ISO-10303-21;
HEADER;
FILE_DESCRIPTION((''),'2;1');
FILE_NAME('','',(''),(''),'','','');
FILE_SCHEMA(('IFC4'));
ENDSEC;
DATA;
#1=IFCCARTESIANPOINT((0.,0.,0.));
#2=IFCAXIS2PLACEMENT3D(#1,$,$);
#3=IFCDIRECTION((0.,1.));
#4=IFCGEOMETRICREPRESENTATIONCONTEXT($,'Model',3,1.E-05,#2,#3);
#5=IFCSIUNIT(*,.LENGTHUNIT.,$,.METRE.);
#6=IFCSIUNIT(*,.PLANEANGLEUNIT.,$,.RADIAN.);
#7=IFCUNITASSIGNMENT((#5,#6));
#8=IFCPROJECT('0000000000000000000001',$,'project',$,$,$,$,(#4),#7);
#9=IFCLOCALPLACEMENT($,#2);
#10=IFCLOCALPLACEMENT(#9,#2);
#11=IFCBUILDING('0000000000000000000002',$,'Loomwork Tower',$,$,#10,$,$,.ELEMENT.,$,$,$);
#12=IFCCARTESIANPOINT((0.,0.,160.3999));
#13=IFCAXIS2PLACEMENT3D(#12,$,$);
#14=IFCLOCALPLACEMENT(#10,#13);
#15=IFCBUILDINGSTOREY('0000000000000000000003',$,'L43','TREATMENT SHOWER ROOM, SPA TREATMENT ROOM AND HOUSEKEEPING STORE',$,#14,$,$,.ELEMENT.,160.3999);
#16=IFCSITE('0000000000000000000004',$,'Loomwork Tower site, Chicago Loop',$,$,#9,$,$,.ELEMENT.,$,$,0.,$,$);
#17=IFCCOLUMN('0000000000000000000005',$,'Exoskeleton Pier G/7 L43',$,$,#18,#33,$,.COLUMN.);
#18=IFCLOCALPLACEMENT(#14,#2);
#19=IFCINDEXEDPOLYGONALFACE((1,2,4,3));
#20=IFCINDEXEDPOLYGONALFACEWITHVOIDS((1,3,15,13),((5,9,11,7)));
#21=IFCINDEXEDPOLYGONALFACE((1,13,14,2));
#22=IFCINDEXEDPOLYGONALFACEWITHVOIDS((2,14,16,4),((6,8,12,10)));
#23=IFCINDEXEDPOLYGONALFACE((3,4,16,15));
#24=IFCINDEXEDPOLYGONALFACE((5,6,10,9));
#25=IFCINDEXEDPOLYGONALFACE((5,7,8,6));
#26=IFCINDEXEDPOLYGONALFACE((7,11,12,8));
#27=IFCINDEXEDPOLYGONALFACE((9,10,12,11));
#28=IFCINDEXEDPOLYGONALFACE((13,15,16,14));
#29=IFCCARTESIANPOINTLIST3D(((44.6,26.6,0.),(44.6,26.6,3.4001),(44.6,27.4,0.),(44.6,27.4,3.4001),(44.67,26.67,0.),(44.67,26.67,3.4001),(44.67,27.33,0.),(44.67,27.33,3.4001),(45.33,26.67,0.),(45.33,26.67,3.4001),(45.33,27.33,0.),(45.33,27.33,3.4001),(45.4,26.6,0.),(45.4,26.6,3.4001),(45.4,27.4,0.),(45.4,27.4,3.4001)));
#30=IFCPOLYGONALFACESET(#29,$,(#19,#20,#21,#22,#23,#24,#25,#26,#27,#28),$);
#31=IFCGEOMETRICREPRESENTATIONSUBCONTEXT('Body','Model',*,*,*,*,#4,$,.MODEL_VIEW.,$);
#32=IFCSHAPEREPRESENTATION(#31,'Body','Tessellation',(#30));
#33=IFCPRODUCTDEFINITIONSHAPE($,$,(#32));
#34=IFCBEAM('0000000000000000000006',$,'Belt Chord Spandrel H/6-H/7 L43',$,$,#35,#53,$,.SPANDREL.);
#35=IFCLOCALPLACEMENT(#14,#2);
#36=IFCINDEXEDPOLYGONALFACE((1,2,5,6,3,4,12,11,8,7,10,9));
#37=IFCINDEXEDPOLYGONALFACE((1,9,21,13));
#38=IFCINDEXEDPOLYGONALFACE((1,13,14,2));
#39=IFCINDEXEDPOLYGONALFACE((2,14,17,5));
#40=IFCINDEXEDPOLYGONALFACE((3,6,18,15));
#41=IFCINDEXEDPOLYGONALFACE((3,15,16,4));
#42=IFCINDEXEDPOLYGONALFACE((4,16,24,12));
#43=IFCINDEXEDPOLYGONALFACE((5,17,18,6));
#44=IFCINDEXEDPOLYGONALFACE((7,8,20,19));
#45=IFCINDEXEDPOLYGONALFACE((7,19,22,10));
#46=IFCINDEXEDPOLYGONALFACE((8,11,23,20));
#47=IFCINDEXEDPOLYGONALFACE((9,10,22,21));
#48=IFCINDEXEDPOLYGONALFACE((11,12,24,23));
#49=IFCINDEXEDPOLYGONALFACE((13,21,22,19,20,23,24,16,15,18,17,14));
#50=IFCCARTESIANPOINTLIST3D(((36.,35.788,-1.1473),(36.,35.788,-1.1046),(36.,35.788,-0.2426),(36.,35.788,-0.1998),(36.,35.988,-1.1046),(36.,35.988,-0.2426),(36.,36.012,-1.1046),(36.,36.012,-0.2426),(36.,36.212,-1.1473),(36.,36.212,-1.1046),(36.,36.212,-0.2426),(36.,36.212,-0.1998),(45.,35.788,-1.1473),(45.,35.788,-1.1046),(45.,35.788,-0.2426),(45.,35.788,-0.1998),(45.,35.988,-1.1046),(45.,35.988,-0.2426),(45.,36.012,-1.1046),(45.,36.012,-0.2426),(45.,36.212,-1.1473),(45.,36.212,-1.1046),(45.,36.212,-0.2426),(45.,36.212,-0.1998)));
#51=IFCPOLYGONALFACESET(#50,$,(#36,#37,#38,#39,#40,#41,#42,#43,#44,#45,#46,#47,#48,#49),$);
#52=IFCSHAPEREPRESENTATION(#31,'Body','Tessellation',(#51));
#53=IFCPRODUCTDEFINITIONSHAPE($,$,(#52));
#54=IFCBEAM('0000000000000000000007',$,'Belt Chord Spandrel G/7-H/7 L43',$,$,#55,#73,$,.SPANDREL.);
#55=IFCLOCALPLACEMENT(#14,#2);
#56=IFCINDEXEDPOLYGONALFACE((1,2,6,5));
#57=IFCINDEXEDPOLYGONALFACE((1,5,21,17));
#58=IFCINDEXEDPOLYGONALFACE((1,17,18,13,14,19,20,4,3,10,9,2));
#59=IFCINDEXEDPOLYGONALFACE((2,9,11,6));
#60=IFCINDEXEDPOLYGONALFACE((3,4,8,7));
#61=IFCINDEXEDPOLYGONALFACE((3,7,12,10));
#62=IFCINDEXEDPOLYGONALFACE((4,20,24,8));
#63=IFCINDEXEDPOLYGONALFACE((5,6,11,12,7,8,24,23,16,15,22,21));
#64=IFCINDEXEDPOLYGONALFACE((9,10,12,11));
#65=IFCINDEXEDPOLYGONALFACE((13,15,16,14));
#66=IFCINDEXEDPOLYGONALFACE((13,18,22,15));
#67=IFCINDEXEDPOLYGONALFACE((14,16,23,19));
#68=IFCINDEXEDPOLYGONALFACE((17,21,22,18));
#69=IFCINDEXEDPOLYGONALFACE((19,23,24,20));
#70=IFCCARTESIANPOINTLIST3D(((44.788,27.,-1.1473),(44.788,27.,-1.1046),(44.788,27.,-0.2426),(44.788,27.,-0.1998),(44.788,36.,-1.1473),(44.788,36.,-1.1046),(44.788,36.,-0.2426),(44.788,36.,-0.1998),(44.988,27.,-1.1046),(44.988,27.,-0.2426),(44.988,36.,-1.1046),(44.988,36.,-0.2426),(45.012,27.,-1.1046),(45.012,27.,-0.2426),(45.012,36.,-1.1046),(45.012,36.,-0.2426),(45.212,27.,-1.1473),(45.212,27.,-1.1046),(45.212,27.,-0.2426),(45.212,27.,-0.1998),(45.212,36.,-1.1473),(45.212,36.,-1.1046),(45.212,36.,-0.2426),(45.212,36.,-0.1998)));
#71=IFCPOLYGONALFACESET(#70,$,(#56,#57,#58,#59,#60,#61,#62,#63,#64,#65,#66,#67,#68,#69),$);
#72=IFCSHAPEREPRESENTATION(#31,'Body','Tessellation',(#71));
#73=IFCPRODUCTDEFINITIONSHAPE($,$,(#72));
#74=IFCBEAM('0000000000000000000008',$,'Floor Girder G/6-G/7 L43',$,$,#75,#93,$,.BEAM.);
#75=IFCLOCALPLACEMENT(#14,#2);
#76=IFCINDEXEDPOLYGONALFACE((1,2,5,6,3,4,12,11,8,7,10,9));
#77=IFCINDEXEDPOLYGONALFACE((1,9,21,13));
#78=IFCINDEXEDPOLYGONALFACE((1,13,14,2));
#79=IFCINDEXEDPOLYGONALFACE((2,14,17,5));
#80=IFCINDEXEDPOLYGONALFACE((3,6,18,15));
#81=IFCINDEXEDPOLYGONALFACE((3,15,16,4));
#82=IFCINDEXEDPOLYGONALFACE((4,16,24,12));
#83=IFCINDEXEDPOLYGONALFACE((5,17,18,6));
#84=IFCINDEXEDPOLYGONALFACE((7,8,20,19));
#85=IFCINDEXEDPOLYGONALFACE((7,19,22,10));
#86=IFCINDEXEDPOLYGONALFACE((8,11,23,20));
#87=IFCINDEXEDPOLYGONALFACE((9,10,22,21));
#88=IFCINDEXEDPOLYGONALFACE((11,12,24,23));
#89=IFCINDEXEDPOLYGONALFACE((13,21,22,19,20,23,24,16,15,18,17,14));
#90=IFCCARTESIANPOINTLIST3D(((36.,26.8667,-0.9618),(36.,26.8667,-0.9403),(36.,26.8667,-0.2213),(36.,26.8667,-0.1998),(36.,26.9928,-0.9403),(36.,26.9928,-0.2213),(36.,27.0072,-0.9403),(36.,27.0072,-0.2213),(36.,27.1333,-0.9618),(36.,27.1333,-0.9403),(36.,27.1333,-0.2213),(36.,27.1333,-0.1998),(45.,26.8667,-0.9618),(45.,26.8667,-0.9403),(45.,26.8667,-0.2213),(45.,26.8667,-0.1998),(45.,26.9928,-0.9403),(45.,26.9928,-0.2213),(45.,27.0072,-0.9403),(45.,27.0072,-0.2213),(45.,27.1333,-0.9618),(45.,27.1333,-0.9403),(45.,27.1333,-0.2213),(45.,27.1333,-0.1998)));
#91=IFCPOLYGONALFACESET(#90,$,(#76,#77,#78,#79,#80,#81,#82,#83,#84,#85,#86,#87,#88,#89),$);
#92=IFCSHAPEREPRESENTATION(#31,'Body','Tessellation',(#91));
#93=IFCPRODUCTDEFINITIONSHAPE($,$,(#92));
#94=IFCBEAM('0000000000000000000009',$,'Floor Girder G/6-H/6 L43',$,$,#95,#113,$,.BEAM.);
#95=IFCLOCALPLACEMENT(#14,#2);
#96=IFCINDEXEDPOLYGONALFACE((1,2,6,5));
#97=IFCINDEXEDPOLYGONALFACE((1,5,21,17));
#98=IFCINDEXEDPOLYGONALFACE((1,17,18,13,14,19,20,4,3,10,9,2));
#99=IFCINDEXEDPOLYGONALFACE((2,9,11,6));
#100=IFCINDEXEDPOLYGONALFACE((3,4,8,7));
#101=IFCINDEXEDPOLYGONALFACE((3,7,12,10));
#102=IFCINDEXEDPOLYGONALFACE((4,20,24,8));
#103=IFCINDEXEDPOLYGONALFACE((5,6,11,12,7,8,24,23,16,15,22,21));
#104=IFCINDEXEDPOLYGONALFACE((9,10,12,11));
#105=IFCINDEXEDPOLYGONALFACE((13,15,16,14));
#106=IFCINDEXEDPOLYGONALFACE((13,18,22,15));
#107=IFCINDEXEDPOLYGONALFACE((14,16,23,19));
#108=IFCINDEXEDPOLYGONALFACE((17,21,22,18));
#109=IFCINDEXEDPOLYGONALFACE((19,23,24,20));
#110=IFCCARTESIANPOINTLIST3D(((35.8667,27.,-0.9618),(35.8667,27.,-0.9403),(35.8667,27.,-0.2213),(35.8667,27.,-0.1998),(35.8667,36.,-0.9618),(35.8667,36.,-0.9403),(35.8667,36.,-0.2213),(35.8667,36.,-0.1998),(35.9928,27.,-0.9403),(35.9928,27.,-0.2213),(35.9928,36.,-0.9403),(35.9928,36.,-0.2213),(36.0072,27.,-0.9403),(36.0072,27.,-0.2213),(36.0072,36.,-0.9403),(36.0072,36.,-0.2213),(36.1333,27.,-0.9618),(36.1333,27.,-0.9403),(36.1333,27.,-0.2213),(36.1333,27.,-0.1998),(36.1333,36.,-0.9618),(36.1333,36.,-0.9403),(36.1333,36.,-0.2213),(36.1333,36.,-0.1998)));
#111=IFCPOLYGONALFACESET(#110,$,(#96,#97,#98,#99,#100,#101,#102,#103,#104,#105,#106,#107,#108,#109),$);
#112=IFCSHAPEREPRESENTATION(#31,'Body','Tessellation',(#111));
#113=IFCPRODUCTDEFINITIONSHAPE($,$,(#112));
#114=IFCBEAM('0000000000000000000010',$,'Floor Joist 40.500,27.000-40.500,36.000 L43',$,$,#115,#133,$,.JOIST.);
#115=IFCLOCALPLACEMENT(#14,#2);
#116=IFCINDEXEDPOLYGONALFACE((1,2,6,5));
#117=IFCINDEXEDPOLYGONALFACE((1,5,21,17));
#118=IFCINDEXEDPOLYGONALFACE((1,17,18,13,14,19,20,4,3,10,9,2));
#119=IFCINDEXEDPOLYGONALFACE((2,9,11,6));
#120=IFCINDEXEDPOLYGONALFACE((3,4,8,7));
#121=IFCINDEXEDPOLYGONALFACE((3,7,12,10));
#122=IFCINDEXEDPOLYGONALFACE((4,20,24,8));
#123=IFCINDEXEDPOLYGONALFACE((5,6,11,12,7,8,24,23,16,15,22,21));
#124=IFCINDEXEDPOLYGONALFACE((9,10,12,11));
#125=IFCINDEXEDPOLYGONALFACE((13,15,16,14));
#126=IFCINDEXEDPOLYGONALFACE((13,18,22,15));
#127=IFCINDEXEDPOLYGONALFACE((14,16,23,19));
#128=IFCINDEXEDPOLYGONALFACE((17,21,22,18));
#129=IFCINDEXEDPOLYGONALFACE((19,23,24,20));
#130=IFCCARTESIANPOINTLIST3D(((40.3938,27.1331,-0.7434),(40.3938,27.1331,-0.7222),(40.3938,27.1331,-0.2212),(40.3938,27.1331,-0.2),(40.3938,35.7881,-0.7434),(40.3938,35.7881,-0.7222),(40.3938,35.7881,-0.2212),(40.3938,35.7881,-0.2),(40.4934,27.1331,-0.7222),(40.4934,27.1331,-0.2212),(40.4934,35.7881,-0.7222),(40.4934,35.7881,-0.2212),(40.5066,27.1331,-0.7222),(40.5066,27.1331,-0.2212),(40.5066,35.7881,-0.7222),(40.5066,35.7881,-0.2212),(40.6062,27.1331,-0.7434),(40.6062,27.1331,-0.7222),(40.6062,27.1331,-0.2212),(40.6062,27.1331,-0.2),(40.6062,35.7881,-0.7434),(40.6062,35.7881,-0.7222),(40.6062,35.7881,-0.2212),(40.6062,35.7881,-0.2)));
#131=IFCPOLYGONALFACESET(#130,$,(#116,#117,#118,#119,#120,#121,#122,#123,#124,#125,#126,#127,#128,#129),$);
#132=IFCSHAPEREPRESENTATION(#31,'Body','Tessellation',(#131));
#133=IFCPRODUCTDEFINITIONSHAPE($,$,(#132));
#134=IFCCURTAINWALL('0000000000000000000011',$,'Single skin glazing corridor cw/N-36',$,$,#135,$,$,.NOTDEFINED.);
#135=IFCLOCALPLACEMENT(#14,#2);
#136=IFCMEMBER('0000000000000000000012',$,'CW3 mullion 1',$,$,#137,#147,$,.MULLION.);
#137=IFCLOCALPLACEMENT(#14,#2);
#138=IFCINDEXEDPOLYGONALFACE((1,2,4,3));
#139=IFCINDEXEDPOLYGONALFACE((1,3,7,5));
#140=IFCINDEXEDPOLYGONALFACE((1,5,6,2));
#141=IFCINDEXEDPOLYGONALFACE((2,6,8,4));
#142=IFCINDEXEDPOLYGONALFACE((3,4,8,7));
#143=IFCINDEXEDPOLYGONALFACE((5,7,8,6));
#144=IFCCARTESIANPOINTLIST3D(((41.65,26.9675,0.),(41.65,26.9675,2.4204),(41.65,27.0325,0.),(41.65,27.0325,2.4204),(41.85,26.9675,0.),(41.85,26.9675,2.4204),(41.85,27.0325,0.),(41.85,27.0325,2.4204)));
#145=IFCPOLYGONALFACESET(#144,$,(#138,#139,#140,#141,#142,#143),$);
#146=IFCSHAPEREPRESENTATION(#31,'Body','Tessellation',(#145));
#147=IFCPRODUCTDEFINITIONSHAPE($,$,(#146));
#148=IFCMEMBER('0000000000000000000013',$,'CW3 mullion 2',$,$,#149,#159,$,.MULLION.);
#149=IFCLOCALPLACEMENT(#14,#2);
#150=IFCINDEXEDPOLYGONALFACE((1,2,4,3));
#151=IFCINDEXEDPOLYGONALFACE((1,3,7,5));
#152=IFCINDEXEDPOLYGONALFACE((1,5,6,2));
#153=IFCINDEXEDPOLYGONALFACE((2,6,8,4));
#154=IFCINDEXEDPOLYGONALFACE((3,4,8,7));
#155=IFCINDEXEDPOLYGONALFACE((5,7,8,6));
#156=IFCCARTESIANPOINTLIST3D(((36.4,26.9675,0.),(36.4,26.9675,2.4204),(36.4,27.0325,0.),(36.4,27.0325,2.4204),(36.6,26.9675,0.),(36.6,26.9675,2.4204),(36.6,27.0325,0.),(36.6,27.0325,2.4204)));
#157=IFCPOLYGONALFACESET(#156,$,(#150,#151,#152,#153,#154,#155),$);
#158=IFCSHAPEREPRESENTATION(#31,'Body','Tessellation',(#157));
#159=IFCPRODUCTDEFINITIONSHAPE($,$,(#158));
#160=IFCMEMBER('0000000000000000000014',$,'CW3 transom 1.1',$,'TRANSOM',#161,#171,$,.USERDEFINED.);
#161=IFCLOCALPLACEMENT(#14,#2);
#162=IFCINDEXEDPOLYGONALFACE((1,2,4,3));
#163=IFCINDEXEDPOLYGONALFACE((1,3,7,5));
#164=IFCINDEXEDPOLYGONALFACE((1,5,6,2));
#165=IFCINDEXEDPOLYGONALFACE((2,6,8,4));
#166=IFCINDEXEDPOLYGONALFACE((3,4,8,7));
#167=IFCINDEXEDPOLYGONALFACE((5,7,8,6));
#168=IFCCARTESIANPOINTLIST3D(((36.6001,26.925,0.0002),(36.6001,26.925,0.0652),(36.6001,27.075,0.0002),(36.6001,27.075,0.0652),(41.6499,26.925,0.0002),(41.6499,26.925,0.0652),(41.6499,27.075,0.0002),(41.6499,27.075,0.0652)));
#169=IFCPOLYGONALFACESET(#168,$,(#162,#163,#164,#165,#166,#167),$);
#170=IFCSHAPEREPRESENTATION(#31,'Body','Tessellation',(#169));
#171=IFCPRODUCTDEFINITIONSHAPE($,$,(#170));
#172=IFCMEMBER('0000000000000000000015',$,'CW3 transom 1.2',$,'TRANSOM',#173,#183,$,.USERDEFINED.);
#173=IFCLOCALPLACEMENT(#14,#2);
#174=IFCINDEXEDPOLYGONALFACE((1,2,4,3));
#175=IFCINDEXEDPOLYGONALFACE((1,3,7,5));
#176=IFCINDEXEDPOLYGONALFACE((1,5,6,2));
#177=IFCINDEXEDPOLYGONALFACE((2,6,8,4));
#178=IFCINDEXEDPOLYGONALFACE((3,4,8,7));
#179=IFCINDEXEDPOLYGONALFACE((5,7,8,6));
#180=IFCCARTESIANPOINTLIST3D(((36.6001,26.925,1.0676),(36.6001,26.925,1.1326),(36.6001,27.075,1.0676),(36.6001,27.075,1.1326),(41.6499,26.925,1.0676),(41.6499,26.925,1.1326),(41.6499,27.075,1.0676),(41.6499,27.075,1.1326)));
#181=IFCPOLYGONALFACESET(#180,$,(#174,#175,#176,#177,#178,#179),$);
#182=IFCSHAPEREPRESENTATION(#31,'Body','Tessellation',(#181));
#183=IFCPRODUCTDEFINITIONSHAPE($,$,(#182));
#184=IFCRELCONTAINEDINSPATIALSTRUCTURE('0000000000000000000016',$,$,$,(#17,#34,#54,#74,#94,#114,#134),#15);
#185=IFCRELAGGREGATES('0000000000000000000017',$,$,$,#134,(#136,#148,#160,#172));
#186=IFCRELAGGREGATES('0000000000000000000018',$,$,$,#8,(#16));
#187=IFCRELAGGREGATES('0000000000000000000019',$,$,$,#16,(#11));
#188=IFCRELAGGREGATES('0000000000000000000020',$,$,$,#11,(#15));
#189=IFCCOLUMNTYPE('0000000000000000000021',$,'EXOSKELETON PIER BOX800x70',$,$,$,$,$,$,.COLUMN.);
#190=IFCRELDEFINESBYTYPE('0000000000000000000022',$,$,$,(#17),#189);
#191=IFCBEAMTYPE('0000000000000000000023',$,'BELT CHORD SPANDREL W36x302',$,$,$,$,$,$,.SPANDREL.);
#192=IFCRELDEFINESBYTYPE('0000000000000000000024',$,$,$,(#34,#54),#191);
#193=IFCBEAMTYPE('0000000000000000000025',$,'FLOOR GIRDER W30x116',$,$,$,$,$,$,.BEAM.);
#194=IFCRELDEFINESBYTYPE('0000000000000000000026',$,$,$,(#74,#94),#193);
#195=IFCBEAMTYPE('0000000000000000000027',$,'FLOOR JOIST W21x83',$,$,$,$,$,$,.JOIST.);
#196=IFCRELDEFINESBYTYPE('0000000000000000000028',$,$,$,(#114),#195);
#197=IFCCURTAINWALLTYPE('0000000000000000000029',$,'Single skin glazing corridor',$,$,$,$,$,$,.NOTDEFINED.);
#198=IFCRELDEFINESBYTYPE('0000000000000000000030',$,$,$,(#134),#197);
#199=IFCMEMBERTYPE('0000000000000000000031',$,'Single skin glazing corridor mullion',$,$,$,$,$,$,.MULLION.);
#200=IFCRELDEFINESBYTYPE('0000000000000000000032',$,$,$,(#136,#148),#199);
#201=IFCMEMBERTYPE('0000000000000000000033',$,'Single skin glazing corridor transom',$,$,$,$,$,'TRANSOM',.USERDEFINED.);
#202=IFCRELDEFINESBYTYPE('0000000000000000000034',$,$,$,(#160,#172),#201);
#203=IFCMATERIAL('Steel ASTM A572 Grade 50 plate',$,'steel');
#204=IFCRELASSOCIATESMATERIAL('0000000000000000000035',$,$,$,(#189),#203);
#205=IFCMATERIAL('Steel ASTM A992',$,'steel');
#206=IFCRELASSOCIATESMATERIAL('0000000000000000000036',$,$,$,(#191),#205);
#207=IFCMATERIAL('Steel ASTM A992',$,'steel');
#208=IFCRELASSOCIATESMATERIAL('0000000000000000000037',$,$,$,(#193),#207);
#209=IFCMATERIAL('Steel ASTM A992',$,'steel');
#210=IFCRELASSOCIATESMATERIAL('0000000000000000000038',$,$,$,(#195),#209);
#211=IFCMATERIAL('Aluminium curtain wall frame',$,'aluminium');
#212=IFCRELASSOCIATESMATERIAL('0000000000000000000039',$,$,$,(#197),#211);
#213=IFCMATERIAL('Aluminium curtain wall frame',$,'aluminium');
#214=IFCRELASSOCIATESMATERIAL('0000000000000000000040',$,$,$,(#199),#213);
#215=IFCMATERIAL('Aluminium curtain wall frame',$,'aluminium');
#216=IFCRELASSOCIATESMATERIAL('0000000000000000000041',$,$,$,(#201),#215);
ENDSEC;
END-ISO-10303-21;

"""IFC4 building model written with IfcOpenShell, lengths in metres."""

from ifc_helpers import new_model, si_unit, direction, frame, origin, origin_2d, place, context, subcontext, project, spatial, rectangle, hollow_rectangle, i_section, extrude, material, material_profile, profile_set, type_object, element, aggregate, save


model = new_model("IFC4")

# Units and contexts
model_context = context("Model", 3, precision=1e-05, world=origin(), true_north=direction((0.0, 1.0)))
body_context = subcontext(model_context, "Body", "Model", "MODEL_VIEW")
ifc_project = project(units=[si_unit("LENGTHUNIT", "METRE"), si_unit("PLANEANGLEUNIT", "RADIAN")], contexts=[model_context])

# Site, building, storey
site_placement = place(None, origin())
site = spatial("IfcSite", under=ifc_project, at=site_placement, Name="Loomwork Tower site, Chicago Loop", CompositionType="ELEMENT", RefElevation=0.0)
building_placement = place(site_placement, origin())
building = spatial("IfcBuilding", under=site, at=building_placement, Name="Loomwork Tower", CompositionType="ELEMENT")
storey_placement = place(building_placement, frame((0.0, 0.0, 160.3999)))
storey = spatial("IfcBuildingStorey", under=building, at=storey_placement, Name="L43", Description="TREATMENT SHOWER ROOM, SPA TREATMENT ROOM AND HOUSEKEEPING STORE", CompositionType="ELEMENT", Elevation=160.3999)

# Column
ifc_material_1 = material(Name="Steel ASTM A572 Grade 50 plate", Category="steel")
ifc_material_profile_1 = material_profile(ifc_material_1, hollow_rectangle(XDim=0.8, YDim=0.8, WallThickness=0.0701, at=origin_2d()), Name="BOX800x70")
ifc_profile_set_1 = profile_set([ifc_material_profile_1], Name="Steel ASTM A572 Grade 50 plate")
column_type = type_object("IfcColumnType", Name="EXOSKELETON PIER BOX800x70", PredefinedType="COLUMN", material=ifc_profile_set_1)
column_placement = place(storey_placement, frame((45.0, 27.0, 0.0), z_axis=(0.0, 0.0, 1.0), x_axis=(0.0, 1.0, 0.0)))
element("IfcColumn", 1, at=column_placement, inside=storey, type_object=column_type, Name="Exoskeleton Pier G/7 L43", PredefinedType="COLUMN", context=body_context, shape_type="SweptSolid", body=[
    extrude(hollow_rectangle(XDim=0.8, YDim=0.8, WallThickness=0.0701, at=origin_2d()), origin(), (0.0, 0.0, 1.0), 3.4001),
])

# Beams
ifc_material_2 = material(Name="Steel ASTM A992", Category="steel")
ifc_material_profile_2 = material_profile(ifc_material_2, i_section(OverallWidth=0.4241, OverallDepth=0.9475, WebThickness=0.0239, FlangeThickness=0.0427, at=origin_2d()), Name="W36x302")
ifc_profile_set_2 = profile_set([ifc_material_profile_2], Name="Steel ASTM A992")
beam_type_1 = type_object("IfcBeamType", Name="BELT CHORD SPANDREL W36x302", PredefinedType="SPANDREL", material=ifc_profile_set_2)
for number, where, z_axis, x_axis, name in (
    (2, (36.0, 36.0, -0.6736), (1.0, 0.0, 0.0), (0.0, 1.0, 0.0), "Belt Chord Spandrel H/6-H/7 L43"),
    (3, (45.0, 27.0, -0.6736), (0.0, 1.0, 0.0), (-1.0, 0.0, 0.0), "Belt Chord Spandrel G/7-H/7 L43"),
):
    element("IfcBeam", number, at=place(storey_placement, frame(where, z_axis=z_axis, x_axis=x_axis)), inside=storey, type_object=beam_type_1, Name=name, PredefinedType="SPANDREL", context=body_context, shape_type="SweptSolid", body=[
        extrude(i_section(OverallWidth=0.4241, OverallDepth=0.9475, WebThickness=0.0239, FlangeThickness=0.0427, at=origin_2d()), origin(), (0.0, 0.0, 1.0), 9.0),
    ])
ifc_material_3 = material(Name="Steel ASTM A992", Category="steel")
ifc_material_profile_3 = material_profile(ifc_material_3, i_section(OverallWidth=0.2666, OverallDepth=0.762, WebThickness=0.0144, FlangeThickness=0.0215, at=origin_2d()), Name="W30x116")
ifc_profile_set_3 = profile_set([ifc_material_profile_3], Name="Steel ASTM A992")
beam_type_2 = type_object("IfcBeamType", Name="FLOOR GIRDER W30x116", PredefinedType="BEAM", material=ifc_profile_set_3)
for number, where, z_axis, x_axis, name in (
    (4, (36.0, 27.0, -0.5808), (1.0, 0.0, 0.0), (0.0, 1.0, 0.0), "Floor Girder G/6-G/7 L43"),
    (5, (36.0, 27.0, -0.5808), (0.0, 1.0, 0.0), (-1.0, 0.0, 0.0), "Floor Girder G/6-H/6 L43"),
):
    element("IfcBeam", number, at=place(storey_placement, frame(where, z_axis=z_axis, x_axis=x_axis)), inside=storey, type_object=beam_type_2, Name=name, PredefinedType="BEAM", context=body_context, shape_type="SweptSolid", body=[
        extrude(i_section(OverallWidth=0.2666, OverallDepth=0.762, WebThickness=0.0144, FlangeThickness=0.0215, at=origin_2d()), origin(), (0.0, 0.0, 1.0), 9.0),
    ])
ifc_material_4 = material(Name="Steel ASTM A992", Category="steel")
ifc_material_profile_4 = material_profile(ifc_material_4, i_section(OverallWidth=0.2124, OverallDepth=0.5435, WebThickness=0.0132, FlangeThickness=0.0212, at=origin_2d()), Name="W21x83")
ifc_profile_set_4 = profile_set([ifc_material_profile_4], Name="Steel ASTM A992")
beam_type_3 = type_object("IfcBeamType", Name="FLOOR JOIST W21x83", PredefinedType="JOIST", material=ifc_profile_set_4)
beam_placement = place(storey_placement, frame((40.5, 27.1331, -0.4717), z_axis=(0.0, 1.0, 0.0), x_axis=(-1.0, 0.0, 0.0)))
element("IfcBeam", 6, at=beam_placement, inside=storey, type_object=beam_type_3, Name="Floor Joist 40.500,27.000-40.500,36.000 L43", PredefinedType="JOIST", context=body_context, shape_type="SweptSolid", body=[
    extrude(i_section(OverallWidth=0.2124, OverallDepth=0.5435, WebThickness=0.0132, FlangeThickness=0.0212, at=origin_2d()), origin(), (0.0, 0.0, 1.0), 8.655),
])

# Curtain wall, members
ifc_material_5 = material(Name="Aluminium curtain wall frame", Category="aluminium")
curtain_wall_type = type_object("IfcCurtainWallType", Name="Single skin glazing corridor", PredefinedType="NOTDEFINED", material=ifc_material_5)
curtain_wall_placement = place(storey_placement, origin())
curtain_wall = element("IfcCurtainWall", 7, at=curtain_wall_placement, inside=storey, type_object=curtain_wall_type, Name="Single skin glazing corridor cw/N-36", PredefinedType="NOTDEFINED")
ifc_material_6 = material(Name="Aluminium curtain wall frame", Category="aluminium")
ifc_material_profile_5 = material_profile(ifc_material_6, rectangle(XDim=0.0649, YDim=0.2, at=origin_2d()), Name="AL 65x200")
ifc_profile_set_5 = profile_set([ifc_material_profile_5], Name="Aluminium curtain wall frame")
member_type_1 = type_object("IfcMemberType", Name="Single skin glazing corridor mullion", PredefinedType="MULLION", material=ifc_profile_set_5)
member_1_placement = place(storey_placement, frame((41.75, 27.0, 0.0), z_axis=(0.0, 0.0, 1.0), x_axis=(0.0, -1.0, 0.0)))
member_1 = element("IfcMember", 8, at=member_1_placement, type_object=member_type_1, Name="CW3 mullion 1", PredefinedType="MULLION", context=body_context, shape_type="SweptSolid", body=[
    extrude(rectangle(XDim=0.0649, YDim=0.2, at=origin_2d()), origin(), (0.0, 0.0, 1.0), 2.4204),
])
member_2_placement = place(storey_placement, frame((36.5, 27.0, 0.0), z_axis=(0.0, 0.0, 1.0), x_axis=(0.0, -1.0, 0.0)))
member_2 = element("IfcMember", 9, at=member_2_placement, type_object=member_type_1, Name="CW3 mullion 2", PredefinedType="MULLION", context=body_context, shape_type="SweptSolid", body=[
    extrude(rectangle(XDim=0.0649, YDim=0.2, at=origin_2d()), origin(), (0.0, 0.0, 1.0), 2.4204),
])
ifc_material_7 = material(Name="Aluminium curtain wall frame", Category="aluminium")
ifc_material_profile_6 = material_profile(ifc_material_7, rectangle(XDim=0.1499, YDim=0.0649, at=origin_2d()), Name="AL 65x150")
ifc_profile_set_6 = profile_set([ifc_material_profile_6], Name="Aluminium curtain wall frame")
member_type_2 = type_object("IfcMemberType", Name="Single skin glazing corridor transom", ElementType="TRANSOM", PredefinedType="USERDEFINED", material=ifc_profile_set_6)
member_3_placement = place(storey_placement, frame((41.6499, 27.0, 0.0327), z_axis=(-1.0, 0.0, 0.0), x_axis=(0.0, -1.0, 0.0)))
member_3 = element("IfcMember", 10, at=member_3_placement, type_object=member_type_2, Name="CW3 transom 1.1", ObjectType="TRANSOM", PredefinedType="USERDEFINED", context=body_context, shape_type="SweptSolid", body=[
    extrude(rectangle(XDim=0.1499, YDim=0.0649, at=origin_2d()), origin(), (0.0, 0.0, 1.0), 5.0498),
])
member_4_placement = place(storey_placement, frame((41.6499, 27.0, 1.1001), z_axis=(-1.0, 0.0, 0.0), x_axis=(0.0, -1.0, 0.0)))
member_4 = element("IfcMember", 11, at=member_4_placement, type_object=member_type_2, Name="CW3 transom 1.2", ObjectType="TRANSOM", PredefinedType="USERDEFINED", context=body_context, shape_type="SweptSolid", body=[
    extrude(rectangle(XDim=0.1499, YDim=0.0649, at=origin_2d()), origin(), (0.0, 0.0, 1.0), 5.0498),
])
aggregate(curtain_wall, [member_1, member_2, member_3, member_4])

save(model, "model.ifc")
